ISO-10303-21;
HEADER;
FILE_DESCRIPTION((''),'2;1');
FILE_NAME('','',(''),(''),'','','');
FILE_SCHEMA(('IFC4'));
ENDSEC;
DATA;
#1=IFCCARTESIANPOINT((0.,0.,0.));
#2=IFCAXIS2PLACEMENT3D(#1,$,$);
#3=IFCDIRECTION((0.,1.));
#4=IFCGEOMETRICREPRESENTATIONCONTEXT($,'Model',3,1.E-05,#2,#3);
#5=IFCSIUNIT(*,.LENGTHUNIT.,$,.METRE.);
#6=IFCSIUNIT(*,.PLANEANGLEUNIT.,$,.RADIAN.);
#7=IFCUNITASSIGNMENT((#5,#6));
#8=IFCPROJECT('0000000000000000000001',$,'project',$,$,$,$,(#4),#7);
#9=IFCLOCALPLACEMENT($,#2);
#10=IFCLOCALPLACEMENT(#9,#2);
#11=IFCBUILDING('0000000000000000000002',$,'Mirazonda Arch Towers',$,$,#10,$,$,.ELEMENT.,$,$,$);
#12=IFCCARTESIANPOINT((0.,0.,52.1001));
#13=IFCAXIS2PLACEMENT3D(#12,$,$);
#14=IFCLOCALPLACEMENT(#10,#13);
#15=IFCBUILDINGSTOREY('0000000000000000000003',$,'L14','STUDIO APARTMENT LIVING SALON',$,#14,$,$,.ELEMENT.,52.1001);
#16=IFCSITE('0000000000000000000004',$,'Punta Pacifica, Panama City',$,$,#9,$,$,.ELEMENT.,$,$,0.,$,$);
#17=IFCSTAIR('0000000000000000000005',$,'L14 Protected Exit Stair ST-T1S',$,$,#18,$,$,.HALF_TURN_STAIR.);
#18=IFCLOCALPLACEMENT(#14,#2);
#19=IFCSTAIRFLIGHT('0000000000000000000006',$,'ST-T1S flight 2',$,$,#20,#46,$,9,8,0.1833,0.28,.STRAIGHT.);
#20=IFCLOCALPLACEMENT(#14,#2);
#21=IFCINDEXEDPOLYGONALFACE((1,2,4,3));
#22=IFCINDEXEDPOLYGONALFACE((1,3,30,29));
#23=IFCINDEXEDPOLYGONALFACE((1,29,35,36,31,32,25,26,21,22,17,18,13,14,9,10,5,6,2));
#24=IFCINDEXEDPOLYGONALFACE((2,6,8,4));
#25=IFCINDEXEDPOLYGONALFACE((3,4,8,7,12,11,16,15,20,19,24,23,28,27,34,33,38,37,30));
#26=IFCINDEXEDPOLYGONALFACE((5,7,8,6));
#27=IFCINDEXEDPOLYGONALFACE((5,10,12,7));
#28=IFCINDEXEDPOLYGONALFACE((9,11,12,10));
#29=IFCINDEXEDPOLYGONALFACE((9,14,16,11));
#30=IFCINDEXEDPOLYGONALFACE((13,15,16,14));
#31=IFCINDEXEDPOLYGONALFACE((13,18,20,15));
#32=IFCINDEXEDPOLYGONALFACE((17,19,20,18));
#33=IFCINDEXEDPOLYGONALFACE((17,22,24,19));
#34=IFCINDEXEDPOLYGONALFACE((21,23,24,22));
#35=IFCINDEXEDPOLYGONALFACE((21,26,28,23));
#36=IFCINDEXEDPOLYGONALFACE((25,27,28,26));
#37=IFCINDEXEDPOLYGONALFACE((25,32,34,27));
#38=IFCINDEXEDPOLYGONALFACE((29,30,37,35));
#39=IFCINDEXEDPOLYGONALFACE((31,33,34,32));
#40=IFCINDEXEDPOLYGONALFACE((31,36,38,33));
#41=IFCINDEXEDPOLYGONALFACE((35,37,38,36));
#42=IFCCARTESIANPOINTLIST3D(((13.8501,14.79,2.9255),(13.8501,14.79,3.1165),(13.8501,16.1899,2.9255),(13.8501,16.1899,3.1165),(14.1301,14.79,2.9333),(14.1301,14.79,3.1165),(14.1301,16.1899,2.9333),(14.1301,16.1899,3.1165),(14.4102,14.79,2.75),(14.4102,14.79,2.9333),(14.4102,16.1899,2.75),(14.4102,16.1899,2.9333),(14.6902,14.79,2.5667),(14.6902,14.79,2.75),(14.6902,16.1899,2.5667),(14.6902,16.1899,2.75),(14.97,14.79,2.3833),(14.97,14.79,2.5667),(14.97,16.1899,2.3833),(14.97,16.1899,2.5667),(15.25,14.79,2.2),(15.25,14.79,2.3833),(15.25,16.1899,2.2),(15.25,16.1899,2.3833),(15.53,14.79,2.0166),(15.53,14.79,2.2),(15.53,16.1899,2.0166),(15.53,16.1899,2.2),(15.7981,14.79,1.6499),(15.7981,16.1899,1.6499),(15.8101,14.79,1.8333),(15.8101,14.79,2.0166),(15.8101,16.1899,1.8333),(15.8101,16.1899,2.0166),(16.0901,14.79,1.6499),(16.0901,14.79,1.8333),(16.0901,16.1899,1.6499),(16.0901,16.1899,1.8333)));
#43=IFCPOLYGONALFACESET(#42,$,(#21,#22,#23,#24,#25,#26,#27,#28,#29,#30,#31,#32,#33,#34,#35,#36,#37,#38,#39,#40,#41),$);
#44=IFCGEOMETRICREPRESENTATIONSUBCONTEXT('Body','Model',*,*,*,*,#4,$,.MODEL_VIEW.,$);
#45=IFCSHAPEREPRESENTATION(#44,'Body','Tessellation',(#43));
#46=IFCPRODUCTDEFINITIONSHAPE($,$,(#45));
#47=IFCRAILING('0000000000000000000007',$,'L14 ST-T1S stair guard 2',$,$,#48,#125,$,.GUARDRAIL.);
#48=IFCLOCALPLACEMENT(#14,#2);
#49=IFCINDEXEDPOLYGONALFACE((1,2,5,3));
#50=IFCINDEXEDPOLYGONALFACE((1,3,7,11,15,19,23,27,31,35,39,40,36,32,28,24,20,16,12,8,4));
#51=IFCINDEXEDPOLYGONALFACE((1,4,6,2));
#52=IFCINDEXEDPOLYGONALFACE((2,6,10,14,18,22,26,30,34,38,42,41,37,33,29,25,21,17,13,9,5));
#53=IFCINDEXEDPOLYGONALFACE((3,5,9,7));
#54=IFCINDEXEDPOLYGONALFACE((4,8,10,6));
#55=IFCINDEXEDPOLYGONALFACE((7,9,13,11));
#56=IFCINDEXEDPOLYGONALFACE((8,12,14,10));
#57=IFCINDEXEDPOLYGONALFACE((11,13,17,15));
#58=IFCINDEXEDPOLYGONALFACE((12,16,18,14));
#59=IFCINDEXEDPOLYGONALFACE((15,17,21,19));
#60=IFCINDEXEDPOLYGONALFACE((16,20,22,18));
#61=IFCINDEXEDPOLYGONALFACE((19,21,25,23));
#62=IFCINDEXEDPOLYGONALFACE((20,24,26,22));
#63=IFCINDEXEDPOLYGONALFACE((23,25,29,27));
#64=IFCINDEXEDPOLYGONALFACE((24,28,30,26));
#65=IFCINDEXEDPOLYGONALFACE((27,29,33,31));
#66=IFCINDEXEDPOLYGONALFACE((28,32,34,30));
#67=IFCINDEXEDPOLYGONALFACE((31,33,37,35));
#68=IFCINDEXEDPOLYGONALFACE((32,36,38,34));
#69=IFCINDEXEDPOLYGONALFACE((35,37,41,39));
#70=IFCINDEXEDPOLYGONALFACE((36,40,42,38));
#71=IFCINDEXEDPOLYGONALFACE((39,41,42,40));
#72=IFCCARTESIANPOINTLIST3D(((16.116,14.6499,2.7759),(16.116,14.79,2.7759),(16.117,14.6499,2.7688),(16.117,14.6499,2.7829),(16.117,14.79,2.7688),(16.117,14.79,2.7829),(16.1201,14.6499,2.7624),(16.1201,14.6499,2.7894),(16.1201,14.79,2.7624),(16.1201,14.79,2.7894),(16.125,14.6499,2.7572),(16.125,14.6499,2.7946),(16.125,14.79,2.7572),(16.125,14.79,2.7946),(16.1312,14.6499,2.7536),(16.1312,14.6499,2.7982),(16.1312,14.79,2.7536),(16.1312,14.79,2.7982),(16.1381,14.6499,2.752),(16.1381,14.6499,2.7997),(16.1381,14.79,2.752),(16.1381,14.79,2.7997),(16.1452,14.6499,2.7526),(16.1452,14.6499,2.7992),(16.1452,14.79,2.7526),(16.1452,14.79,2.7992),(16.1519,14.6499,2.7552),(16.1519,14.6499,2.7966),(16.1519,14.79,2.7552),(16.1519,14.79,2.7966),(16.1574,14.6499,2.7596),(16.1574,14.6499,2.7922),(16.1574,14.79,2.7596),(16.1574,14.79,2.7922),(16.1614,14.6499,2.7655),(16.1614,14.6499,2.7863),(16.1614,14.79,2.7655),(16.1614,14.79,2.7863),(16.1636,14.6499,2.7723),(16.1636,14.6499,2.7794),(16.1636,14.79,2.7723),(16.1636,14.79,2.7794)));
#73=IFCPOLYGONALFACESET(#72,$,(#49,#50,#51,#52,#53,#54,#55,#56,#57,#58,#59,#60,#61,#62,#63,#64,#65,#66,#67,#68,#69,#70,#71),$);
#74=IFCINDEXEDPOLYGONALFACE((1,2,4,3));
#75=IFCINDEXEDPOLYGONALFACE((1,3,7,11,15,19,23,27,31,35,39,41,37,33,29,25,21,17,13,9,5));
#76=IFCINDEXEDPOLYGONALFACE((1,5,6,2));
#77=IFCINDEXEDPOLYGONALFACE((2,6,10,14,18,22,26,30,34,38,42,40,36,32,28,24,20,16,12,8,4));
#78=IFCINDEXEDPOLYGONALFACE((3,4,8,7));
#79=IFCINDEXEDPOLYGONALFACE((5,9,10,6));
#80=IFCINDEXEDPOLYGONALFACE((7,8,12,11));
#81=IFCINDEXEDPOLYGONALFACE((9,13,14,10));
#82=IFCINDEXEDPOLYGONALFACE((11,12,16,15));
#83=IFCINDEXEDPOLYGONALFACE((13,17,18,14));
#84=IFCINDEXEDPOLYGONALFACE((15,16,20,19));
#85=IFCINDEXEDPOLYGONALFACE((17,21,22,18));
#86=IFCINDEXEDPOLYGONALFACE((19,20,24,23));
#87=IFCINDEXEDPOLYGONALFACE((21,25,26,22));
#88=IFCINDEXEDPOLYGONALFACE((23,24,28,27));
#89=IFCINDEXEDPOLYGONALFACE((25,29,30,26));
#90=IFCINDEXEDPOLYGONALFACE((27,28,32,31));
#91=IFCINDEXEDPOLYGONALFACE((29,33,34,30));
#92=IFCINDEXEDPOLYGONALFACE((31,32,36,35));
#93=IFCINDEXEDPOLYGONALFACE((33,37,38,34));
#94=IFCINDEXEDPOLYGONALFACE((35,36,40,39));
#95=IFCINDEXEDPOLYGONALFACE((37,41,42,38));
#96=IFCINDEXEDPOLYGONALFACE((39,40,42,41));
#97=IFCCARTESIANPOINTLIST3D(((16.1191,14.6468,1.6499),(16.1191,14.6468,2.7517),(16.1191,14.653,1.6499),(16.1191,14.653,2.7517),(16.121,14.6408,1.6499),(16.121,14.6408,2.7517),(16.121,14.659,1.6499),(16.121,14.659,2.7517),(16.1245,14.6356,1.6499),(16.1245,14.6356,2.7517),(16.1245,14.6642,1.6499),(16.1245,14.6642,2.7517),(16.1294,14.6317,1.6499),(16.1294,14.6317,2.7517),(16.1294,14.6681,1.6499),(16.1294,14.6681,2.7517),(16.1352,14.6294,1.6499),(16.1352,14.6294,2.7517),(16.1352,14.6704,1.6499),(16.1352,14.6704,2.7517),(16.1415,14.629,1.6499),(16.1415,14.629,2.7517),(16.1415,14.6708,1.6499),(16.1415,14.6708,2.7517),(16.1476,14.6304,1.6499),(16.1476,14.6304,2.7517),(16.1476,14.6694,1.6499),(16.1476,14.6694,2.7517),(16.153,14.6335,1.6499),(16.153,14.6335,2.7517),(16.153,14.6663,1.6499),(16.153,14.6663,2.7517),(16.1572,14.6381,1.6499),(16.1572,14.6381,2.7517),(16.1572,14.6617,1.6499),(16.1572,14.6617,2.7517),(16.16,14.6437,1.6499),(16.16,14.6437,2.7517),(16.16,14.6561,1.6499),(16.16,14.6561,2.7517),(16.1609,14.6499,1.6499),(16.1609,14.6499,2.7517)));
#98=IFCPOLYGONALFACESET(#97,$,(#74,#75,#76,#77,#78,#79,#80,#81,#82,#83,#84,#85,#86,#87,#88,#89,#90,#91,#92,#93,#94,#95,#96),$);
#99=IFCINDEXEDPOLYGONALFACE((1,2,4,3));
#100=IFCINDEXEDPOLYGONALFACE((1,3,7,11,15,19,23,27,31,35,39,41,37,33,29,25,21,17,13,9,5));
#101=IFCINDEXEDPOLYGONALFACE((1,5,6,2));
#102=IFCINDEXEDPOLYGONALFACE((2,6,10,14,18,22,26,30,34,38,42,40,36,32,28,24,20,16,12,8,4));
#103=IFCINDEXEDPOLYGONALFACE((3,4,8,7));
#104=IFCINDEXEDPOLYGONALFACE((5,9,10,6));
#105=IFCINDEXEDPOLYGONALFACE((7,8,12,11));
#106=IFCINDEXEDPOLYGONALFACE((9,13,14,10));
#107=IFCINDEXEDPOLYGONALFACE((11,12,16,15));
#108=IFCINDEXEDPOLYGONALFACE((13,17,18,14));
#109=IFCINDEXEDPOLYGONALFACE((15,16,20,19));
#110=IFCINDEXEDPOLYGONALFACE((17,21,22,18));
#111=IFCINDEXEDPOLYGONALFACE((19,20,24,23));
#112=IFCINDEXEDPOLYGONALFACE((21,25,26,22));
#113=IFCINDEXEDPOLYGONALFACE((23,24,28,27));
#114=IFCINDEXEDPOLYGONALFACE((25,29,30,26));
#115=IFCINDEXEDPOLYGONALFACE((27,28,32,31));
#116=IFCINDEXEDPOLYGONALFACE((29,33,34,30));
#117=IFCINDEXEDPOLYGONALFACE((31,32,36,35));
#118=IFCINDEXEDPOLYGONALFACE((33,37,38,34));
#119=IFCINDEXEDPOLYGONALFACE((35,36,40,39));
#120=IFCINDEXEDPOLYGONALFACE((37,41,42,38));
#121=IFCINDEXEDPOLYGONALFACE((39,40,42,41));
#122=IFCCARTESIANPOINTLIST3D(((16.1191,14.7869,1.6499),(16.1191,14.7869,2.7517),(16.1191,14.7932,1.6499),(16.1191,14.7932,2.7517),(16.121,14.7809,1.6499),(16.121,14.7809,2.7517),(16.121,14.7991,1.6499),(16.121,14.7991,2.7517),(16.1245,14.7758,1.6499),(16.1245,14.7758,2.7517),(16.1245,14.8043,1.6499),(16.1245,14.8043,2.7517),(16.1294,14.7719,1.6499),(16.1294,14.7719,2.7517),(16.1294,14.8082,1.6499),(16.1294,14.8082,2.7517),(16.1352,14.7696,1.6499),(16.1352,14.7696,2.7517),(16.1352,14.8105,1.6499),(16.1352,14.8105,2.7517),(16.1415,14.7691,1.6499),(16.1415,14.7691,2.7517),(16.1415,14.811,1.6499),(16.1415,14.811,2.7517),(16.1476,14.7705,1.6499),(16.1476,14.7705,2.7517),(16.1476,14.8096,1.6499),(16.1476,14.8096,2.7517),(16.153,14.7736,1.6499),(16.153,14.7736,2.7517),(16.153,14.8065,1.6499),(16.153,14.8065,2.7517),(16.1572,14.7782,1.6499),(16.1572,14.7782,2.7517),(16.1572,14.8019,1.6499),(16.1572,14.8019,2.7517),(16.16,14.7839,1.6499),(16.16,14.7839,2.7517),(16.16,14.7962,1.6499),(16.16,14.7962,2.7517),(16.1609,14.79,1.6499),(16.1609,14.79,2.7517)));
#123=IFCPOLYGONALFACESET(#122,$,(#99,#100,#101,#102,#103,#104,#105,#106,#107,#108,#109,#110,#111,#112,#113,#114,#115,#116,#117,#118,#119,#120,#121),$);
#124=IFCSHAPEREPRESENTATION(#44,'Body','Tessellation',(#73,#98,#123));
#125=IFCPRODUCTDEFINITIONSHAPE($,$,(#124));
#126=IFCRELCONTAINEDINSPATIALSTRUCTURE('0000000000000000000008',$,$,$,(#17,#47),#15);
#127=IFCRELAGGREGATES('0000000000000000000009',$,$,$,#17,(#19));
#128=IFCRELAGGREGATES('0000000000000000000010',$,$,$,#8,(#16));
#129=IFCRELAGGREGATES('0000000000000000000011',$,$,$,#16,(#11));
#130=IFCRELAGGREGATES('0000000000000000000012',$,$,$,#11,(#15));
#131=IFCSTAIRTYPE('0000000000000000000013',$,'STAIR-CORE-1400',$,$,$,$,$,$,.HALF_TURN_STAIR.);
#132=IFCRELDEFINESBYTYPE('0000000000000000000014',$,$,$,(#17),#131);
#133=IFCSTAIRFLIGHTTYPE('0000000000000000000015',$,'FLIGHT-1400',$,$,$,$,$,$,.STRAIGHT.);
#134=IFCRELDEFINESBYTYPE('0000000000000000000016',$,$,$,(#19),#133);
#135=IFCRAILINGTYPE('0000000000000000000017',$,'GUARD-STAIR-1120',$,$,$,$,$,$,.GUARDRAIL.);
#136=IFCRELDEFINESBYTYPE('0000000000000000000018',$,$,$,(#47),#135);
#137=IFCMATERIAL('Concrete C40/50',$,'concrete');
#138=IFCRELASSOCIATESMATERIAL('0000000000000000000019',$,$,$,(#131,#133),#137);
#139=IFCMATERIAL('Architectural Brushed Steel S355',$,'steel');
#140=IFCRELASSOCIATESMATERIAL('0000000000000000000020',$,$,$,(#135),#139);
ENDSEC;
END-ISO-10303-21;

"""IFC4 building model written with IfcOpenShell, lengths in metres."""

from ifc_helpers import new_model, si_unit, direction, frame, origin, origin_2d, place, context, subcontext, project, spatial, polyline, circle, outline, extrude, material, type_object, element, aggregate, save


model = new_model("IFC4")

# Units and contexts
model_context = context("Model", 3, precision=1e-05, world=origin(), true_north=direction((0.0, 1.0)))
body_context = subcontext(model_context, "Body", "Model", "MODEL_VIEW")
ifc_project = project(units=[si_unit("LENGTHUNIT", "METRE"), si_unit("PLANEANGLEUNIT", "RADIAN")], contexts=[model_context])

# Site, building, storey
site_placement = place(None, origin())
site = spatial("IfcSite", under=ifc_project, at=site_placement, Name="Punta Pacifica, Panama City", CompositionType="ELEMENT", RefElevation=0.0)
building_placement = place(site_placement, origin())
building = spatial("IfcBuilding", under=site, at=building_placement, Name="Mirazonda Arch Towers", CompositionType="ELEMENT")
storey_placement = place(building_placement, frame((0.0, 0.0, 52.1001)))
storey = spatial("IfcBuildingStorey", under=building, at=storey_placement, Name="L14", Description="STUDIO APARTMENT LIVING SALON", CompositionType="ELEMENT", Elevation=52.1001)

# Shared definitions
ifc_material_1 = material(Name="Concrete C40/50", Category="concrete")

# Stair, stair flight
stair_type = type_object("IfcStairType", Name="STAIR-CORE-1400", PredefinedType="HALF_TURN_STAIR", material=ifc_material_1)
stair_placement = place(storey_placement, origin())
stair = element("IfcStair", 1, at=stair_placement, inside=storey, type_object=stair_type, Name="L14 Protected Exit Stair ST-T1S", PredefinedType="HALF_TURN_STAIR")
stair_flight_type = type_object("IfcStairFlightType", Name="FLIGHT-1400", PredefinedType="STRAIGHT", material=ifc_material_1)
stair_flight_placement = place(storey_placement, frame((16.0901, 15.49, 1.6499), z_axis=(0.0, 0.0, 1.0), x_axis=(-1.0, 0.0, 0.0)))
stair_flight = element("IfcStairFlight", 2, at=stair_flight_placement, type_object=stair_flight_type, Name="ST-T1S flight 2", NumberOfRisers=9, NumberOfTreads=8, PredefinedType="STRAIGHT", RiserHeight=0.1833, TreadLength=0.28, context=body_context, shape_type="SweptSolid", body=[
    extrude(outline(polyline([(0.0, 0.0), (0.0, 0.1833), (0.28, 0.1833), (0.28, 0.3667), (0.5601, 0.3667), (0.5601, 0.55), (0.8401, 0.55), (0.8401, 0.7334), (1.1201, 0.7334), (1.1201, 0.9167), (1.3999, 0.9167), (1.3999, 1.1001), (1.6799, 1.1001), (1.6799, 1.2834), (1.96, 1.2834), (1.96, 1.4666), (2.24, 1.4666), (2.24, 1.6499), (2.24, 1.2756), (0.292, 0.0), (0.0, 0.0)])), frame((0.0, 0.7, 0.0), z_axis=(0.0, -1.0, 0.0), x_axis=(1.0, 0.0, 0.0)), (0.0, 0.0, 1.0), 1.3999),
])
aggregate(stair, [stair_flight])

# Railing
ifc_material_2 = material(Name="Architectural Brushed Steel S355", Category="steel")
railing_type_1 = type_object("IfcRailingType", Name="GUARD-STAIR-1120", PredefinedType="GUARDRAIL", material=ifc_material_2)
railing_1_placement = place(storey_placement, frame((16.1399, 14.6499, 1.6499)))
element("IfcRailing", 3, at=railing_1_placement, inside=storey, type_object=railing_type_1, Name="L14 ST-T1S stair guard 2", PredefinedType="GUARDRAIL", context=body_context, shape_type="SweptSolid", body=[
    extrude(circle(Radius=0.0239, at=origin_2d()), frame((0.0, 0.0, 1.126), z_axis=(0.0, 1.0, 0.0), x_axis=(-1.0, 0.0, 0.0)), (0.0, 0.0, 1.0), 0.1401),
    extrude(circle(Radius=0.021, at=origin_2d()), origin(), (0.0, 0.0, 1.0), 1.1018),
    extrude(circle(Radius=0.021, at=origin_2d()), frame((0.0, 0.1401, 0.0)), (0.0, 0.0, 1.0), 1.1018),
])

save(model, "model.ifc")
